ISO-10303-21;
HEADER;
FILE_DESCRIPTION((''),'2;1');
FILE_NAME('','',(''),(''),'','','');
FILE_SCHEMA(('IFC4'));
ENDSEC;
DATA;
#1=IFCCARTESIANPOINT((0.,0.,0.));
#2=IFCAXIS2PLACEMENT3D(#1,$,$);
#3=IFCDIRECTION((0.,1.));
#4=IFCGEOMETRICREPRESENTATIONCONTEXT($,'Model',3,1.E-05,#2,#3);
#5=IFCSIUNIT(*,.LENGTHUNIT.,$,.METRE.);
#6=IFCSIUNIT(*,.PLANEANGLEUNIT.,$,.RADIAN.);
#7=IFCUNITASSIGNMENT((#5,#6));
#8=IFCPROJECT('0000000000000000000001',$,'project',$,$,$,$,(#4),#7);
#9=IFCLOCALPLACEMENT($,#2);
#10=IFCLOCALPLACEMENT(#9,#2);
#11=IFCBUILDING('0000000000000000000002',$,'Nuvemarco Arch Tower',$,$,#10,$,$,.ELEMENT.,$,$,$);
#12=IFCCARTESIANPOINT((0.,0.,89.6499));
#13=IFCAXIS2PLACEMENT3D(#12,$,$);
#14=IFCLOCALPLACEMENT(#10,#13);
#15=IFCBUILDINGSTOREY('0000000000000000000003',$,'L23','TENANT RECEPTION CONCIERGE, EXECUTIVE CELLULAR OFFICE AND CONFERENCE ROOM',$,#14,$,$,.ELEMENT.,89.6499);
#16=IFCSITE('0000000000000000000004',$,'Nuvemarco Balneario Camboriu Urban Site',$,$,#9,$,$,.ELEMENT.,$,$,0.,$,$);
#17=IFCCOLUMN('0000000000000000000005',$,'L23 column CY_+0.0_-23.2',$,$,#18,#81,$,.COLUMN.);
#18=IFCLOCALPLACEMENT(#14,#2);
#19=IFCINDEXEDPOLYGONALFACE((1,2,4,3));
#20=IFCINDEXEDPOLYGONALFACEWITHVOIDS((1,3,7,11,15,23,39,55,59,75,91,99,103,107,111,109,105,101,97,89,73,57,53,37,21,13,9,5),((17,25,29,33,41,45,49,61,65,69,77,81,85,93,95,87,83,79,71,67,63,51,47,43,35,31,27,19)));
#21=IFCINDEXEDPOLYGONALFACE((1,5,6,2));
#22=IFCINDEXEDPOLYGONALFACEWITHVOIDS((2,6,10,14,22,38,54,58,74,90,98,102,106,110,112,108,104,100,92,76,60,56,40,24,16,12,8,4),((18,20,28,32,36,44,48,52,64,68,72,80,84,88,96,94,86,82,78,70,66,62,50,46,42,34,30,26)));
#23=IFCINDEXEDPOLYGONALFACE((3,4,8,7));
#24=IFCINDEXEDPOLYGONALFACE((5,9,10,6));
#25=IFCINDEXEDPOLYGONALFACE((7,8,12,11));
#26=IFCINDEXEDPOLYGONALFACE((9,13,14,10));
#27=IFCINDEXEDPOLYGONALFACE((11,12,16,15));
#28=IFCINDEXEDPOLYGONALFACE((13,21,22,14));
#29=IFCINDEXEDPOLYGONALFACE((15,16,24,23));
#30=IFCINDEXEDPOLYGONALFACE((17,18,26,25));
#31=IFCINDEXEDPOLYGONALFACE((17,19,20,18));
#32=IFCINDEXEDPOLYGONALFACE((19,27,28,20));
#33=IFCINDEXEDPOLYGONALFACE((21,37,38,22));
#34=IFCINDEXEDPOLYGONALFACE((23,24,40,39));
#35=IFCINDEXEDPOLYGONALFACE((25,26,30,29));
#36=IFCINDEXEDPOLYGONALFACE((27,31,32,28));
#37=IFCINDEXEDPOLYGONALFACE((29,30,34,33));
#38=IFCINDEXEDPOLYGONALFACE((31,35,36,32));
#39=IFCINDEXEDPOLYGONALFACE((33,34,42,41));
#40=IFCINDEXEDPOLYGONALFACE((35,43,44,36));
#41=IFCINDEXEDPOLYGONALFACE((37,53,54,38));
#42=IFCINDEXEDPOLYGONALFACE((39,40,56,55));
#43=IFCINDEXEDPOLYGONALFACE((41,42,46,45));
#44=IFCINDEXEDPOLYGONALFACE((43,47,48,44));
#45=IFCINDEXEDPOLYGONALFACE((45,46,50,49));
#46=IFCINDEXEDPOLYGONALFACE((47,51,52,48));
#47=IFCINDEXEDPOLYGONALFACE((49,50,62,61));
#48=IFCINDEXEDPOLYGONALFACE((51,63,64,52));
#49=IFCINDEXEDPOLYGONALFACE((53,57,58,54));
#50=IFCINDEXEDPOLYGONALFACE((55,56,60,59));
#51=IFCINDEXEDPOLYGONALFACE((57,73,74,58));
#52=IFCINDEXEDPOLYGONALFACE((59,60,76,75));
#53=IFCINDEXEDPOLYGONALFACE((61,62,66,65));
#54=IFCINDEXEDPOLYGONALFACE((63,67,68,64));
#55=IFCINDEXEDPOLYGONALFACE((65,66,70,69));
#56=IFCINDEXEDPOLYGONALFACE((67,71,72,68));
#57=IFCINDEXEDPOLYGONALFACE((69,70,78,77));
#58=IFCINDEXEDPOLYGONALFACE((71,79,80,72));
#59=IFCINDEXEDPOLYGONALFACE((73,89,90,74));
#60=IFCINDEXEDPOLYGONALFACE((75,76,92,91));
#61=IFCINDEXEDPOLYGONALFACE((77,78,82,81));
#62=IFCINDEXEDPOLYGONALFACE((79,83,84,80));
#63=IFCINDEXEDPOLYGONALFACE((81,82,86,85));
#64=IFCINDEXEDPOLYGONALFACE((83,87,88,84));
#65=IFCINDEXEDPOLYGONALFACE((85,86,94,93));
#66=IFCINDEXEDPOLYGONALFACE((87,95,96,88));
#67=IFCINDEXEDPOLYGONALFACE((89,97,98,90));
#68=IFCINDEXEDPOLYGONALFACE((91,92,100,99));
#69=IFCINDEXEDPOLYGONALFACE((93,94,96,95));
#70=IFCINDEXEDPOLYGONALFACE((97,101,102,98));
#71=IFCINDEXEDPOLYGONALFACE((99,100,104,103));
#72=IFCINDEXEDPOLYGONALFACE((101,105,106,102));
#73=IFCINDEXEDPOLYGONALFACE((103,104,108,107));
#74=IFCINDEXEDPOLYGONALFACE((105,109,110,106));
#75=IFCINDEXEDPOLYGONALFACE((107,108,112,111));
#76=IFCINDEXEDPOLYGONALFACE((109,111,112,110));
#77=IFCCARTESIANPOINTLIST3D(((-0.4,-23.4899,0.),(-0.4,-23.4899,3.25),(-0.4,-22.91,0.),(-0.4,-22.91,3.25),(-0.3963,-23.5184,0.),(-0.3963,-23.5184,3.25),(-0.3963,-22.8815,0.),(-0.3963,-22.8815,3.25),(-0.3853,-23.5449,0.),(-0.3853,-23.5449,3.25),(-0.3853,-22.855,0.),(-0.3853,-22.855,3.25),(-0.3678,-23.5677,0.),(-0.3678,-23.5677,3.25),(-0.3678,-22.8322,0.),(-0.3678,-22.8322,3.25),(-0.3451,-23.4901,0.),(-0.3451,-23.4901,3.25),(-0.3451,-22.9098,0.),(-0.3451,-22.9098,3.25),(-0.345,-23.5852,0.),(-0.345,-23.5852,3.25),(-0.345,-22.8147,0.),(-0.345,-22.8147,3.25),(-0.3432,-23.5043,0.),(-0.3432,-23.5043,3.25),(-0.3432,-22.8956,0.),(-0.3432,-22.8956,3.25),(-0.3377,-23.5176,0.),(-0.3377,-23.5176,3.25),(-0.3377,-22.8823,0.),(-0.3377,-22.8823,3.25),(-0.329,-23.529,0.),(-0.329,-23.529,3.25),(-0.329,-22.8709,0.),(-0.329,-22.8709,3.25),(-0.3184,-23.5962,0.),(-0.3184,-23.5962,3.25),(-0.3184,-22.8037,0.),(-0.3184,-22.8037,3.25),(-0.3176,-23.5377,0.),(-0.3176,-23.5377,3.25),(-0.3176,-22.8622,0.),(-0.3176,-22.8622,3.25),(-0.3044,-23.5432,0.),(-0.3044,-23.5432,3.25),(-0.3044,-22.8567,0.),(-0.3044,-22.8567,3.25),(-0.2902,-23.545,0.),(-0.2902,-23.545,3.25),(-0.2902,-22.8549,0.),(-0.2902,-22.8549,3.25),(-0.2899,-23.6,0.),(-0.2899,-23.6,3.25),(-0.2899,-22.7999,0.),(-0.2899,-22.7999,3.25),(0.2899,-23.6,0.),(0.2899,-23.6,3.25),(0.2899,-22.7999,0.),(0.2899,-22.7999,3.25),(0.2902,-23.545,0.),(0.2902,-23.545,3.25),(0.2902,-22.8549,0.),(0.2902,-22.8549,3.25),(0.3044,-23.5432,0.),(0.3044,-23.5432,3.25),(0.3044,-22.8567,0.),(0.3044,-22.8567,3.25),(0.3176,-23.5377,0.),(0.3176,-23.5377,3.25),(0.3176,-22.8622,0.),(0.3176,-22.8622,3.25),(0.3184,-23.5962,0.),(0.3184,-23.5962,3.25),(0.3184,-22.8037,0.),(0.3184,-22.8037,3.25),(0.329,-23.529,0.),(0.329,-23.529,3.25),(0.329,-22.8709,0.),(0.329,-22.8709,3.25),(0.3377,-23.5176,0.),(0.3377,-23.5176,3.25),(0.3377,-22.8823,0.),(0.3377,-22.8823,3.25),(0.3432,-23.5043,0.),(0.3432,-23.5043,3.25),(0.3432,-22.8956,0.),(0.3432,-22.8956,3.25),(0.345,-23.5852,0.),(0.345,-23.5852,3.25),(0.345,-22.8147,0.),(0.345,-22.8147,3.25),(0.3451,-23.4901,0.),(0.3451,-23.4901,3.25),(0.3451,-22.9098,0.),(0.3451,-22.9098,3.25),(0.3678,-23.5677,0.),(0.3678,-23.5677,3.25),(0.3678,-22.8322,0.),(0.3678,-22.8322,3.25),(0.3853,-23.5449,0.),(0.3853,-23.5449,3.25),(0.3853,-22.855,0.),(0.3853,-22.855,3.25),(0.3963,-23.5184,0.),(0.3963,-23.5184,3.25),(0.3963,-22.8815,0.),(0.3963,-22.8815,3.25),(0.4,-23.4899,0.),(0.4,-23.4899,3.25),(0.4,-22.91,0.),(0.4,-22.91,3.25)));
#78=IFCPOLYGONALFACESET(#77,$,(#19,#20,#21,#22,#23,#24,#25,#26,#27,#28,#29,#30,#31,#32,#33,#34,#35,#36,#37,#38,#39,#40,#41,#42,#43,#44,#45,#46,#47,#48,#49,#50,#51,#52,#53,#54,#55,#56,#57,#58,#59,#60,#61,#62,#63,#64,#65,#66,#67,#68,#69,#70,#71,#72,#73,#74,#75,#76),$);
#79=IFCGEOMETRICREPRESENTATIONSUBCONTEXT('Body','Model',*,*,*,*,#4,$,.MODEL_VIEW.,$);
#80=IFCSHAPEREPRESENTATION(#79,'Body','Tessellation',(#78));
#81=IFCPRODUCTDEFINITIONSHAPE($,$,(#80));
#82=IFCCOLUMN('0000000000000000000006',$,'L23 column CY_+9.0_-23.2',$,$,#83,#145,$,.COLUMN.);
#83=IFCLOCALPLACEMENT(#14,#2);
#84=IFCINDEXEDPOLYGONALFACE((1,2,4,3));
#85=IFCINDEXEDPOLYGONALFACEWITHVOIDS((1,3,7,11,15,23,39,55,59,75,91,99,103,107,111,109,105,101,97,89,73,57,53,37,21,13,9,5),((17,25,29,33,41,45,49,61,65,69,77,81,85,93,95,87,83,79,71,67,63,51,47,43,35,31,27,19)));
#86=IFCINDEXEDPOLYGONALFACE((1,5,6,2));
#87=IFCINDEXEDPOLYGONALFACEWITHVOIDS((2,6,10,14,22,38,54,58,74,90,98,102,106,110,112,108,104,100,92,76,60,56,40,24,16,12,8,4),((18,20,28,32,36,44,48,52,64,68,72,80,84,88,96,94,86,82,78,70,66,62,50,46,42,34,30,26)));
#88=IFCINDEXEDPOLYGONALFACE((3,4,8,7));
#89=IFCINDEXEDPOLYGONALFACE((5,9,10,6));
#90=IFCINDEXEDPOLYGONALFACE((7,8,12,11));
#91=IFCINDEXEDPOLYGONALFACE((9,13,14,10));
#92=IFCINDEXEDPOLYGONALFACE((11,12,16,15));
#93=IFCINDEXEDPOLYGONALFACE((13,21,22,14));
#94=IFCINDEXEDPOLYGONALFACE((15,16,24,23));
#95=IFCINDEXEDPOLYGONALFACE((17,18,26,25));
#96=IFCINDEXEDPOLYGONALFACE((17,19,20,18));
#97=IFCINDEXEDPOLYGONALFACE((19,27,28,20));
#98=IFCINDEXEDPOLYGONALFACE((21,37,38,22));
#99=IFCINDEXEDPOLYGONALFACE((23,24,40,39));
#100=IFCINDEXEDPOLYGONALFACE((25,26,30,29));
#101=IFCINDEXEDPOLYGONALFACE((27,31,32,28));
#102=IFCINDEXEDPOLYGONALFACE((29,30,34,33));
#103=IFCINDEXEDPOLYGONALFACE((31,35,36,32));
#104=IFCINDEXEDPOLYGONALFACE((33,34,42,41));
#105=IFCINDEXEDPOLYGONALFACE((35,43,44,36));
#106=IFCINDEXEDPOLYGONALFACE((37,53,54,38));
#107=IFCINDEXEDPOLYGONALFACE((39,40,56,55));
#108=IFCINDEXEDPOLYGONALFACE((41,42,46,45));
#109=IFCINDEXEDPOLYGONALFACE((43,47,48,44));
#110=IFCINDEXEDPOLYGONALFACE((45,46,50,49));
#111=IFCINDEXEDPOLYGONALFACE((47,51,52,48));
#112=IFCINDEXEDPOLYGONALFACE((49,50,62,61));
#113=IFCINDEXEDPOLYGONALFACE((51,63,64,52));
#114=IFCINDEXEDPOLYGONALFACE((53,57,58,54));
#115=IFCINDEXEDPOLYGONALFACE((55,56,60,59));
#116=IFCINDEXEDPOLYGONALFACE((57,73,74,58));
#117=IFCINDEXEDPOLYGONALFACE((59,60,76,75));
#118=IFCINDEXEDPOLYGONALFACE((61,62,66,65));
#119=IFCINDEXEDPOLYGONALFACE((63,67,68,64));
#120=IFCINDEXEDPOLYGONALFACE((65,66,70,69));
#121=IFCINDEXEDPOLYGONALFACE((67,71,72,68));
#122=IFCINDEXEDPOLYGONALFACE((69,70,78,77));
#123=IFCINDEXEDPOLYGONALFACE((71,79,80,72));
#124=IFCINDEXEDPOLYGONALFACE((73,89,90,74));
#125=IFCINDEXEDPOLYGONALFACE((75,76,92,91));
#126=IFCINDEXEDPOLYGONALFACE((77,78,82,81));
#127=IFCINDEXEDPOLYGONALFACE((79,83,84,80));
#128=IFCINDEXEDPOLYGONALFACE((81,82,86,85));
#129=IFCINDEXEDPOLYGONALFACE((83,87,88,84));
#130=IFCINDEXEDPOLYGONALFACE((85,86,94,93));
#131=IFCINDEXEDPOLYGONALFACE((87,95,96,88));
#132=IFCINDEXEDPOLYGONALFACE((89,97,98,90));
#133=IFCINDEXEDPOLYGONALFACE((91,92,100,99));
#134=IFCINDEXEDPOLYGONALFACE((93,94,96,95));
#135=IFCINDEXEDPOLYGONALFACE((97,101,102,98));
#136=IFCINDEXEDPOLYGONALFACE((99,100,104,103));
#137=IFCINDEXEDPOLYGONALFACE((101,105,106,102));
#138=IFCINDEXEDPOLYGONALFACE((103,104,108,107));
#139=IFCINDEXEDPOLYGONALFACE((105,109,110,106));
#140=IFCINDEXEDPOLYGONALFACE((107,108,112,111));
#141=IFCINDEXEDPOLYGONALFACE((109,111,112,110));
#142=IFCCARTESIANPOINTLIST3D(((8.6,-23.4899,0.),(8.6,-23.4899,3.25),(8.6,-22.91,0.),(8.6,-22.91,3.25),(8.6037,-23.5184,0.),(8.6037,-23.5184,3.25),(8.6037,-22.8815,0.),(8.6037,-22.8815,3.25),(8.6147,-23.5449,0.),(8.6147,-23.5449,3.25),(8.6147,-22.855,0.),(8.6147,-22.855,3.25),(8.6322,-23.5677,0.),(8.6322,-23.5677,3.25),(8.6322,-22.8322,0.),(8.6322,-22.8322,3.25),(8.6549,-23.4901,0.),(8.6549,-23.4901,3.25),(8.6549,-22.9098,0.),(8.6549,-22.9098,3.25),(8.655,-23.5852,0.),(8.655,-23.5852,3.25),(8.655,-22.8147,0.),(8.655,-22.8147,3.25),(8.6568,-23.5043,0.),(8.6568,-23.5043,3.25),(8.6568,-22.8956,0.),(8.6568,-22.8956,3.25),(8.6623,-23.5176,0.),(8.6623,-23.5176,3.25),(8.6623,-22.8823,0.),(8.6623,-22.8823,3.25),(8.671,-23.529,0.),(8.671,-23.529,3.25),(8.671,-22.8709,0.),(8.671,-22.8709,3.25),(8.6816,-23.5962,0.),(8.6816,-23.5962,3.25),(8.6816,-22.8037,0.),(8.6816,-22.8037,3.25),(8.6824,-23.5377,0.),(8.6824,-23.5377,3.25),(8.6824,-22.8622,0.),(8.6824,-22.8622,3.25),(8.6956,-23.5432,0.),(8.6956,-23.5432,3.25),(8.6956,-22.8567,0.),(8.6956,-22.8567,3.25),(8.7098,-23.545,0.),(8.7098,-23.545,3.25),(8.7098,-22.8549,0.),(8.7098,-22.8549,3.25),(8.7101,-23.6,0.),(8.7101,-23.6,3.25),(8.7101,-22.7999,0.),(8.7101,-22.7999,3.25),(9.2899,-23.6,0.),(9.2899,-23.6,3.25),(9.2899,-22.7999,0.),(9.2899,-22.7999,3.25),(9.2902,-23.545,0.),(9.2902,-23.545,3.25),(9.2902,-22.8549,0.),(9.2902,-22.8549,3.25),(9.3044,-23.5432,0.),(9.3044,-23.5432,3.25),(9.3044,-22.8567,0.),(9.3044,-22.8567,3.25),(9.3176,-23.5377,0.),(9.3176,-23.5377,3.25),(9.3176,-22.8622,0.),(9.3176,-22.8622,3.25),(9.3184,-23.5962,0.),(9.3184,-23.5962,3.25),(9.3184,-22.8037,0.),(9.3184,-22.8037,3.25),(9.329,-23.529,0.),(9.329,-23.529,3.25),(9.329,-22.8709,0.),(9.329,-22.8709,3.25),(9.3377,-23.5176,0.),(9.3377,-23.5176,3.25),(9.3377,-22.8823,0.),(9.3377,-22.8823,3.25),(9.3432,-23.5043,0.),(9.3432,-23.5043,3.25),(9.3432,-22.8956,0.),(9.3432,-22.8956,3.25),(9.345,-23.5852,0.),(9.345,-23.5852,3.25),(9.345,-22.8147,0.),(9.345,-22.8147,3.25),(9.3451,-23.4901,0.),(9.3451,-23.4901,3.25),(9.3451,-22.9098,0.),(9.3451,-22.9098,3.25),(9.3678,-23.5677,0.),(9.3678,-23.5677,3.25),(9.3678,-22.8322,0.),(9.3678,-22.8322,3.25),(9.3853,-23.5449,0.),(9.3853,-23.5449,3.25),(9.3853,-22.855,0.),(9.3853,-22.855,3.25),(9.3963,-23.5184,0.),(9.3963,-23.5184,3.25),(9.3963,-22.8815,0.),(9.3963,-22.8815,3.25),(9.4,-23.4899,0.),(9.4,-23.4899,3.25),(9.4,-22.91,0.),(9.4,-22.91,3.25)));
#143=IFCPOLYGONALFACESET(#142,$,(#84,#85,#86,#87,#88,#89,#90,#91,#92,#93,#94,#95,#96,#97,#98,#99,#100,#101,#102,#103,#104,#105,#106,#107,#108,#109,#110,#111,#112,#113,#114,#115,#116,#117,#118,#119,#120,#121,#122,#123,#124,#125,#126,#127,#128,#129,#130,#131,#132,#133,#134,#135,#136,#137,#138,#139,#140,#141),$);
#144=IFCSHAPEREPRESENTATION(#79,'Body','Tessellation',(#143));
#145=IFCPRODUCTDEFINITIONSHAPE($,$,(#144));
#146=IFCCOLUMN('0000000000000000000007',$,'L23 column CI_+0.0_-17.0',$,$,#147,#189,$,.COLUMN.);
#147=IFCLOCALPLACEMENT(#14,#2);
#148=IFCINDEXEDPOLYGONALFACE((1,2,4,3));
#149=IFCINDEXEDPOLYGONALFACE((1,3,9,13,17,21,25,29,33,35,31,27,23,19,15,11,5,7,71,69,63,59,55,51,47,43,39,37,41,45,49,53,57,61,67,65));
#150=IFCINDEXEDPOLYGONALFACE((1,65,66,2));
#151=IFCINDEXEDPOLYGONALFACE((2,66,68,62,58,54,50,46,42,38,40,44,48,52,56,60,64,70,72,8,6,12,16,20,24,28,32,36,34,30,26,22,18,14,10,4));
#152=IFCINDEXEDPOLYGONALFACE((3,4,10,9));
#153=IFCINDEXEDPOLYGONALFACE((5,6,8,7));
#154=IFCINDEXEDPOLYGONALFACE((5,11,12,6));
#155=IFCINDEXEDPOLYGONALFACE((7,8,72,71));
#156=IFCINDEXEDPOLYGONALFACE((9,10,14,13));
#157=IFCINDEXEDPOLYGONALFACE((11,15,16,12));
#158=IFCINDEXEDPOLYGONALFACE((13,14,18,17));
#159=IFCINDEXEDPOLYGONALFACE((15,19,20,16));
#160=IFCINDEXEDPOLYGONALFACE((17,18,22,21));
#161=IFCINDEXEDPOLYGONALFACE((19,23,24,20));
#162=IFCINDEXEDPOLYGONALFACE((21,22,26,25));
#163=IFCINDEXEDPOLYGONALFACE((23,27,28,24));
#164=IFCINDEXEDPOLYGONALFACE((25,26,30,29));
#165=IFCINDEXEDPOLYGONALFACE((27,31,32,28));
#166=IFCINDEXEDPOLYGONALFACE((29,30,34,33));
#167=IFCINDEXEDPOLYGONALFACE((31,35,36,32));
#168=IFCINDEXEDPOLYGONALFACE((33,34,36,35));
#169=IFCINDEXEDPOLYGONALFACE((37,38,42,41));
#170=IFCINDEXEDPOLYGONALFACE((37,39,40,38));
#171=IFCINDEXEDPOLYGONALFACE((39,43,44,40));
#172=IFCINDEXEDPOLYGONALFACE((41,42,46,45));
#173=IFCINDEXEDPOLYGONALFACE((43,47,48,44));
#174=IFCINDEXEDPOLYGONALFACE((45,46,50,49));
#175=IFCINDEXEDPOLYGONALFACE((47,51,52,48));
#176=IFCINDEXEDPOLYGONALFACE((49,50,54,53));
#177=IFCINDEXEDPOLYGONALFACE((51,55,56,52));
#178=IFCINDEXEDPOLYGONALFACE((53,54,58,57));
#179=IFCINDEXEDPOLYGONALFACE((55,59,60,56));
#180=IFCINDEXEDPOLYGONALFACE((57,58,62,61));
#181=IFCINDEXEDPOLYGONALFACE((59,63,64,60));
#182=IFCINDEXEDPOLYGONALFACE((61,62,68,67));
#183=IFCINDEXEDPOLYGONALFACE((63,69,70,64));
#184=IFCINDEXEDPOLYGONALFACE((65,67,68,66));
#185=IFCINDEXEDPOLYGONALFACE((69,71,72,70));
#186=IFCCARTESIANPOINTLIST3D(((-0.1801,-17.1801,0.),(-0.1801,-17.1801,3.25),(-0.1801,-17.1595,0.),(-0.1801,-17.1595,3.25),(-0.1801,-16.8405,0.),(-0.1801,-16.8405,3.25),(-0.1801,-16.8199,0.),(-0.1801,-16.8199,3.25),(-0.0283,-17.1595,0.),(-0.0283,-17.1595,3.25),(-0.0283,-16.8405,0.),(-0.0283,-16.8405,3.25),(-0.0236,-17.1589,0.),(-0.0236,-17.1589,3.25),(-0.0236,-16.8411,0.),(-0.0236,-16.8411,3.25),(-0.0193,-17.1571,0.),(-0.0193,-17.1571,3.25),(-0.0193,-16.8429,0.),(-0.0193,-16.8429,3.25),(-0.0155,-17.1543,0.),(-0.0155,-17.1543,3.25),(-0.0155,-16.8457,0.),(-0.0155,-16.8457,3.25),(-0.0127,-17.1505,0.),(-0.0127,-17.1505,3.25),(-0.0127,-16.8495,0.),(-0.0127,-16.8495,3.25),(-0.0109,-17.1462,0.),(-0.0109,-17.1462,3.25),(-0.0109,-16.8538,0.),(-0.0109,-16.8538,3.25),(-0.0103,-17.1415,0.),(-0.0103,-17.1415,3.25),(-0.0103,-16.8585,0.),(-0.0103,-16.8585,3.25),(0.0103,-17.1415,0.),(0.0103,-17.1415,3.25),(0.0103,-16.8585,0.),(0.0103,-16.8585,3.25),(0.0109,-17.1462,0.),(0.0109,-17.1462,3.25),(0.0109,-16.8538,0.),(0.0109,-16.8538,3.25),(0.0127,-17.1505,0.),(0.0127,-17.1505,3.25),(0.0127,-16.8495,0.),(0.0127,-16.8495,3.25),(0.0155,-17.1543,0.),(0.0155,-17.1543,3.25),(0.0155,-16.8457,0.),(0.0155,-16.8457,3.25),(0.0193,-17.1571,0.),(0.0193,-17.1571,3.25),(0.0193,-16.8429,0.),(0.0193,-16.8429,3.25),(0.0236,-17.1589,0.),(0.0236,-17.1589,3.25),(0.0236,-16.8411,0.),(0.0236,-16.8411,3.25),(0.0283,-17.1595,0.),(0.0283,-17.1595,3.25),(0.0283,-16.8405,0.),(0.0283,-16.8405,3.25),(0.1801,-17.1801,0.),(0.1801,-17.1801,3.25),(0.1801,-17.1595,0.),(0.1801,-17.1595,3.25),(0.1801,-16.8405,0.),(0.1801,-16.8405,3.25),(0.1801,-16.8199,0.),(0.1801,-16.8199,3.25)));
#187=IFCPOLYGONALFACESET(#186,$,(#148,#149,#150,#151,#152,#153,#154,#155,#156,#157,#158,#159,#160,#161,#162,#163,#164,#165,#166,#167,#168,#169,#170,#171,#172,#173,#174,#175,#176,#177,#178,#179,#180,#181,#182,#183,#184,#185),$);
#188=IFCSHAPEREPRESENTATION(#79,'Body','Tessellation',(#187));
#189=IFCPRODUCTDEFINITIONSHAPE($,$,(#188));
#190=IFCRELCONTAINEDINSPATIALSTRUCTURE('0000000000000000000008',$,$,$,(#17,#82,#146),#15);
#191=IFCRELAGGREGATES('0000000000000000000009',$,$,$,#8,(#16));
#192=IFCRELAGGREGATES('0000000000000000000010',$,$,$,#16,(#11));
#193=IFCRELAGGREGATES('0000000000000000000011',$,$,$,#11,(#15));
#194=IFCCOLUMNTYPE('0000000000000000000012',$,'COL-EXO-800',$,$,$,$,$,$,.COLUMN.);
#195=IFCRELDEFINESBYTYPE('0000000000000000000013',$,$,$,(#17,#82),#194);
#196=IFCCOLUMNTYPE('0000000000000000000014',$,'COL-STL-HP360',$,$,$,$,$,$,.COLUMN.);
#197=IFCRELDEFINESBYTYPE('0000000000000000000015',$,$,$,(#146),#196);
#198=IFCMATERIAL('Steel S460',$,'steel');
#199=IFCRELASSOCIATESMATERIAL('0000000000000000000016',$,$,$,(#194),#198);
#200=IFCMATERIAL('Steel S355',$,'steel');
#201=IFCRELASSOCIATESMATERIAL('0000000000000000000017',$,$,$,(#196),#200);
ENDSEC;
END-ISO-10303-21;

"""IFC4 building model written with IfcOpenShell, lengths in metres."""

from ifc_helpers import new_model, si_unit, direction, frame, origin, origin_2d, place, context, subcontext, project, spatial, hollow_rectangle, i_section, extrude, material, material_profile, profile_set, type_object, element, save


model = new_model("IFC4")

# Units and contexts
model_context = context("Model", 3, precision=1e-05, world=origin(), true_north=direction((0.0, 1.0)))
body_context = subcontext(model_context, "Body", "Model", "MODEL_VIEW")
ifc_project = project(units=[si_unit("LENGTHUNIT", "METRE"), si_unit("PLANEANGLEUNIT", "RADIAN")], contexts=[model_context])

# Site, building, storey
site_placement = place(None, origin())
site = spatial("IfcSite", under=ifc_project, at=site_placement, Name="Nuvemarco Balneario Camboriu Urban Site", CompositionType="ELEMENT", RefElevation=0.0)
building_placement = place(site_placement, origin())
building = spatial("IfcBuilding", under=site, at=building_placement, Name="Nuvemarco Arch Tower", CompositionType="ELEMENT")
storey_placement = place(building_placement, frame((0.0, 0.0, 89.6499)))
storey = spatial("IfcBuildingStorey", under=building, at=storey_placement, Name="L23", Description="TENANT RECEPTION CONCIERGE, EXECUTIVE CELLULAR OFFICE AND CONFERENCE ROOM", CompositionType="ELEMENT", Elevation=89.6499)

# Columns
ifc_material_1 = material(Name="Steel S460", Category="steel")
ifc_material_profile_1 = material_profile(ifc_material_1, hollow_rectangle(XDim=0.8, YDim=0.8, WallThickness=0.0549, InnerFilletRadius=0.0549, OuterFilletRadius=0.1101, at=origin_2d()), Name="SHS800x800x55")
ifc_profile_set_1 = profile_set([ifc_material_profile_1], Name="Steel S460")
column_type_1 = type_object("IfcColumnType", Name="COL-EXO-800", PredefinedType="COLUMN", material=ifc_profile_set_1)
for number, where, z_axis, x_axis, name in (
    (1, (0.0, -23.2, 0.0), (0.0, 0.0, 1.0), (1.0, 0.0, 0.0), "L23 column CY_+0.0_-23.2"),
    (2, (9.0, -23.2, 0.0), (0.0, 0.0, 1.0), (1.0, 0.0, 0.0), "L23 column CY_+9.0_-23.2"),
):
    element("IfcColumn", number, at=place(storey_placement, frame(where, z_axis=z_axis, x_axis=x_axis)), inside=storey, type_object=column_type_1, Name=name, PredefinedType="COLUMN", context=body_context, shape_type="SweptSolid", body=[
        extrude(hollow_rectangle(XDim=0.8, YDim=0.8, WallThickness=0.0549, InnerFilletRadius=0.0549, OuterFilletRadius=0.1101, at=origin_2d()), origin(), (0.0, 0.0, 1.0), 3.25),
    ])
ifc_material_2 = material(Name="Steel S355", Category="steel")
ifc_material_profile_2 = material_profile(ifc_material_2, i_section(OverallWidth=0.3601, OverallDepth=0.3601, WebThickness=0.0205, FlangeThickness=0.0205, FilletRadius=0.0181, at=origin_2d()), Name="HP360x174")
ifc_profile_set_2 = profile_set([ifc_material_profile_2], Name="Steel S355")
column_type_2 = type_object("IfcColumnType", Name="COL-STL-HP360", PredefinedType="COLUMN", material=ifc_profile_set_2)
for number, where, z_axis, x_axis, name in (
    (3, (0.0, -17.0, 0.0), (0.0, 0.0, 1.0), (1.0, 0.0, 0.0), "L23 column CI_+0.0_-17.0"),
):
    element("IfcColumn", number, at=place(storey_placement, frame(where, z_axis=z_axis, x_axis=x_axis)), inside=storey, type_object=column_type_2, Name=name, PredefinedType="COLUMN", context=body_context, shape_type="SweptSolid", body=[
        extrude(i_section(OverallWidth=0.3601, OverallDepth=0.3601, WebThickness=0.0205, FlangeThickness=0.0205, FilletRadius=0.0181, at=origin_2d()), origin(), (0.0, 0.0, 1.0), 3.25),
    ])

save(model, "model.ifc")
